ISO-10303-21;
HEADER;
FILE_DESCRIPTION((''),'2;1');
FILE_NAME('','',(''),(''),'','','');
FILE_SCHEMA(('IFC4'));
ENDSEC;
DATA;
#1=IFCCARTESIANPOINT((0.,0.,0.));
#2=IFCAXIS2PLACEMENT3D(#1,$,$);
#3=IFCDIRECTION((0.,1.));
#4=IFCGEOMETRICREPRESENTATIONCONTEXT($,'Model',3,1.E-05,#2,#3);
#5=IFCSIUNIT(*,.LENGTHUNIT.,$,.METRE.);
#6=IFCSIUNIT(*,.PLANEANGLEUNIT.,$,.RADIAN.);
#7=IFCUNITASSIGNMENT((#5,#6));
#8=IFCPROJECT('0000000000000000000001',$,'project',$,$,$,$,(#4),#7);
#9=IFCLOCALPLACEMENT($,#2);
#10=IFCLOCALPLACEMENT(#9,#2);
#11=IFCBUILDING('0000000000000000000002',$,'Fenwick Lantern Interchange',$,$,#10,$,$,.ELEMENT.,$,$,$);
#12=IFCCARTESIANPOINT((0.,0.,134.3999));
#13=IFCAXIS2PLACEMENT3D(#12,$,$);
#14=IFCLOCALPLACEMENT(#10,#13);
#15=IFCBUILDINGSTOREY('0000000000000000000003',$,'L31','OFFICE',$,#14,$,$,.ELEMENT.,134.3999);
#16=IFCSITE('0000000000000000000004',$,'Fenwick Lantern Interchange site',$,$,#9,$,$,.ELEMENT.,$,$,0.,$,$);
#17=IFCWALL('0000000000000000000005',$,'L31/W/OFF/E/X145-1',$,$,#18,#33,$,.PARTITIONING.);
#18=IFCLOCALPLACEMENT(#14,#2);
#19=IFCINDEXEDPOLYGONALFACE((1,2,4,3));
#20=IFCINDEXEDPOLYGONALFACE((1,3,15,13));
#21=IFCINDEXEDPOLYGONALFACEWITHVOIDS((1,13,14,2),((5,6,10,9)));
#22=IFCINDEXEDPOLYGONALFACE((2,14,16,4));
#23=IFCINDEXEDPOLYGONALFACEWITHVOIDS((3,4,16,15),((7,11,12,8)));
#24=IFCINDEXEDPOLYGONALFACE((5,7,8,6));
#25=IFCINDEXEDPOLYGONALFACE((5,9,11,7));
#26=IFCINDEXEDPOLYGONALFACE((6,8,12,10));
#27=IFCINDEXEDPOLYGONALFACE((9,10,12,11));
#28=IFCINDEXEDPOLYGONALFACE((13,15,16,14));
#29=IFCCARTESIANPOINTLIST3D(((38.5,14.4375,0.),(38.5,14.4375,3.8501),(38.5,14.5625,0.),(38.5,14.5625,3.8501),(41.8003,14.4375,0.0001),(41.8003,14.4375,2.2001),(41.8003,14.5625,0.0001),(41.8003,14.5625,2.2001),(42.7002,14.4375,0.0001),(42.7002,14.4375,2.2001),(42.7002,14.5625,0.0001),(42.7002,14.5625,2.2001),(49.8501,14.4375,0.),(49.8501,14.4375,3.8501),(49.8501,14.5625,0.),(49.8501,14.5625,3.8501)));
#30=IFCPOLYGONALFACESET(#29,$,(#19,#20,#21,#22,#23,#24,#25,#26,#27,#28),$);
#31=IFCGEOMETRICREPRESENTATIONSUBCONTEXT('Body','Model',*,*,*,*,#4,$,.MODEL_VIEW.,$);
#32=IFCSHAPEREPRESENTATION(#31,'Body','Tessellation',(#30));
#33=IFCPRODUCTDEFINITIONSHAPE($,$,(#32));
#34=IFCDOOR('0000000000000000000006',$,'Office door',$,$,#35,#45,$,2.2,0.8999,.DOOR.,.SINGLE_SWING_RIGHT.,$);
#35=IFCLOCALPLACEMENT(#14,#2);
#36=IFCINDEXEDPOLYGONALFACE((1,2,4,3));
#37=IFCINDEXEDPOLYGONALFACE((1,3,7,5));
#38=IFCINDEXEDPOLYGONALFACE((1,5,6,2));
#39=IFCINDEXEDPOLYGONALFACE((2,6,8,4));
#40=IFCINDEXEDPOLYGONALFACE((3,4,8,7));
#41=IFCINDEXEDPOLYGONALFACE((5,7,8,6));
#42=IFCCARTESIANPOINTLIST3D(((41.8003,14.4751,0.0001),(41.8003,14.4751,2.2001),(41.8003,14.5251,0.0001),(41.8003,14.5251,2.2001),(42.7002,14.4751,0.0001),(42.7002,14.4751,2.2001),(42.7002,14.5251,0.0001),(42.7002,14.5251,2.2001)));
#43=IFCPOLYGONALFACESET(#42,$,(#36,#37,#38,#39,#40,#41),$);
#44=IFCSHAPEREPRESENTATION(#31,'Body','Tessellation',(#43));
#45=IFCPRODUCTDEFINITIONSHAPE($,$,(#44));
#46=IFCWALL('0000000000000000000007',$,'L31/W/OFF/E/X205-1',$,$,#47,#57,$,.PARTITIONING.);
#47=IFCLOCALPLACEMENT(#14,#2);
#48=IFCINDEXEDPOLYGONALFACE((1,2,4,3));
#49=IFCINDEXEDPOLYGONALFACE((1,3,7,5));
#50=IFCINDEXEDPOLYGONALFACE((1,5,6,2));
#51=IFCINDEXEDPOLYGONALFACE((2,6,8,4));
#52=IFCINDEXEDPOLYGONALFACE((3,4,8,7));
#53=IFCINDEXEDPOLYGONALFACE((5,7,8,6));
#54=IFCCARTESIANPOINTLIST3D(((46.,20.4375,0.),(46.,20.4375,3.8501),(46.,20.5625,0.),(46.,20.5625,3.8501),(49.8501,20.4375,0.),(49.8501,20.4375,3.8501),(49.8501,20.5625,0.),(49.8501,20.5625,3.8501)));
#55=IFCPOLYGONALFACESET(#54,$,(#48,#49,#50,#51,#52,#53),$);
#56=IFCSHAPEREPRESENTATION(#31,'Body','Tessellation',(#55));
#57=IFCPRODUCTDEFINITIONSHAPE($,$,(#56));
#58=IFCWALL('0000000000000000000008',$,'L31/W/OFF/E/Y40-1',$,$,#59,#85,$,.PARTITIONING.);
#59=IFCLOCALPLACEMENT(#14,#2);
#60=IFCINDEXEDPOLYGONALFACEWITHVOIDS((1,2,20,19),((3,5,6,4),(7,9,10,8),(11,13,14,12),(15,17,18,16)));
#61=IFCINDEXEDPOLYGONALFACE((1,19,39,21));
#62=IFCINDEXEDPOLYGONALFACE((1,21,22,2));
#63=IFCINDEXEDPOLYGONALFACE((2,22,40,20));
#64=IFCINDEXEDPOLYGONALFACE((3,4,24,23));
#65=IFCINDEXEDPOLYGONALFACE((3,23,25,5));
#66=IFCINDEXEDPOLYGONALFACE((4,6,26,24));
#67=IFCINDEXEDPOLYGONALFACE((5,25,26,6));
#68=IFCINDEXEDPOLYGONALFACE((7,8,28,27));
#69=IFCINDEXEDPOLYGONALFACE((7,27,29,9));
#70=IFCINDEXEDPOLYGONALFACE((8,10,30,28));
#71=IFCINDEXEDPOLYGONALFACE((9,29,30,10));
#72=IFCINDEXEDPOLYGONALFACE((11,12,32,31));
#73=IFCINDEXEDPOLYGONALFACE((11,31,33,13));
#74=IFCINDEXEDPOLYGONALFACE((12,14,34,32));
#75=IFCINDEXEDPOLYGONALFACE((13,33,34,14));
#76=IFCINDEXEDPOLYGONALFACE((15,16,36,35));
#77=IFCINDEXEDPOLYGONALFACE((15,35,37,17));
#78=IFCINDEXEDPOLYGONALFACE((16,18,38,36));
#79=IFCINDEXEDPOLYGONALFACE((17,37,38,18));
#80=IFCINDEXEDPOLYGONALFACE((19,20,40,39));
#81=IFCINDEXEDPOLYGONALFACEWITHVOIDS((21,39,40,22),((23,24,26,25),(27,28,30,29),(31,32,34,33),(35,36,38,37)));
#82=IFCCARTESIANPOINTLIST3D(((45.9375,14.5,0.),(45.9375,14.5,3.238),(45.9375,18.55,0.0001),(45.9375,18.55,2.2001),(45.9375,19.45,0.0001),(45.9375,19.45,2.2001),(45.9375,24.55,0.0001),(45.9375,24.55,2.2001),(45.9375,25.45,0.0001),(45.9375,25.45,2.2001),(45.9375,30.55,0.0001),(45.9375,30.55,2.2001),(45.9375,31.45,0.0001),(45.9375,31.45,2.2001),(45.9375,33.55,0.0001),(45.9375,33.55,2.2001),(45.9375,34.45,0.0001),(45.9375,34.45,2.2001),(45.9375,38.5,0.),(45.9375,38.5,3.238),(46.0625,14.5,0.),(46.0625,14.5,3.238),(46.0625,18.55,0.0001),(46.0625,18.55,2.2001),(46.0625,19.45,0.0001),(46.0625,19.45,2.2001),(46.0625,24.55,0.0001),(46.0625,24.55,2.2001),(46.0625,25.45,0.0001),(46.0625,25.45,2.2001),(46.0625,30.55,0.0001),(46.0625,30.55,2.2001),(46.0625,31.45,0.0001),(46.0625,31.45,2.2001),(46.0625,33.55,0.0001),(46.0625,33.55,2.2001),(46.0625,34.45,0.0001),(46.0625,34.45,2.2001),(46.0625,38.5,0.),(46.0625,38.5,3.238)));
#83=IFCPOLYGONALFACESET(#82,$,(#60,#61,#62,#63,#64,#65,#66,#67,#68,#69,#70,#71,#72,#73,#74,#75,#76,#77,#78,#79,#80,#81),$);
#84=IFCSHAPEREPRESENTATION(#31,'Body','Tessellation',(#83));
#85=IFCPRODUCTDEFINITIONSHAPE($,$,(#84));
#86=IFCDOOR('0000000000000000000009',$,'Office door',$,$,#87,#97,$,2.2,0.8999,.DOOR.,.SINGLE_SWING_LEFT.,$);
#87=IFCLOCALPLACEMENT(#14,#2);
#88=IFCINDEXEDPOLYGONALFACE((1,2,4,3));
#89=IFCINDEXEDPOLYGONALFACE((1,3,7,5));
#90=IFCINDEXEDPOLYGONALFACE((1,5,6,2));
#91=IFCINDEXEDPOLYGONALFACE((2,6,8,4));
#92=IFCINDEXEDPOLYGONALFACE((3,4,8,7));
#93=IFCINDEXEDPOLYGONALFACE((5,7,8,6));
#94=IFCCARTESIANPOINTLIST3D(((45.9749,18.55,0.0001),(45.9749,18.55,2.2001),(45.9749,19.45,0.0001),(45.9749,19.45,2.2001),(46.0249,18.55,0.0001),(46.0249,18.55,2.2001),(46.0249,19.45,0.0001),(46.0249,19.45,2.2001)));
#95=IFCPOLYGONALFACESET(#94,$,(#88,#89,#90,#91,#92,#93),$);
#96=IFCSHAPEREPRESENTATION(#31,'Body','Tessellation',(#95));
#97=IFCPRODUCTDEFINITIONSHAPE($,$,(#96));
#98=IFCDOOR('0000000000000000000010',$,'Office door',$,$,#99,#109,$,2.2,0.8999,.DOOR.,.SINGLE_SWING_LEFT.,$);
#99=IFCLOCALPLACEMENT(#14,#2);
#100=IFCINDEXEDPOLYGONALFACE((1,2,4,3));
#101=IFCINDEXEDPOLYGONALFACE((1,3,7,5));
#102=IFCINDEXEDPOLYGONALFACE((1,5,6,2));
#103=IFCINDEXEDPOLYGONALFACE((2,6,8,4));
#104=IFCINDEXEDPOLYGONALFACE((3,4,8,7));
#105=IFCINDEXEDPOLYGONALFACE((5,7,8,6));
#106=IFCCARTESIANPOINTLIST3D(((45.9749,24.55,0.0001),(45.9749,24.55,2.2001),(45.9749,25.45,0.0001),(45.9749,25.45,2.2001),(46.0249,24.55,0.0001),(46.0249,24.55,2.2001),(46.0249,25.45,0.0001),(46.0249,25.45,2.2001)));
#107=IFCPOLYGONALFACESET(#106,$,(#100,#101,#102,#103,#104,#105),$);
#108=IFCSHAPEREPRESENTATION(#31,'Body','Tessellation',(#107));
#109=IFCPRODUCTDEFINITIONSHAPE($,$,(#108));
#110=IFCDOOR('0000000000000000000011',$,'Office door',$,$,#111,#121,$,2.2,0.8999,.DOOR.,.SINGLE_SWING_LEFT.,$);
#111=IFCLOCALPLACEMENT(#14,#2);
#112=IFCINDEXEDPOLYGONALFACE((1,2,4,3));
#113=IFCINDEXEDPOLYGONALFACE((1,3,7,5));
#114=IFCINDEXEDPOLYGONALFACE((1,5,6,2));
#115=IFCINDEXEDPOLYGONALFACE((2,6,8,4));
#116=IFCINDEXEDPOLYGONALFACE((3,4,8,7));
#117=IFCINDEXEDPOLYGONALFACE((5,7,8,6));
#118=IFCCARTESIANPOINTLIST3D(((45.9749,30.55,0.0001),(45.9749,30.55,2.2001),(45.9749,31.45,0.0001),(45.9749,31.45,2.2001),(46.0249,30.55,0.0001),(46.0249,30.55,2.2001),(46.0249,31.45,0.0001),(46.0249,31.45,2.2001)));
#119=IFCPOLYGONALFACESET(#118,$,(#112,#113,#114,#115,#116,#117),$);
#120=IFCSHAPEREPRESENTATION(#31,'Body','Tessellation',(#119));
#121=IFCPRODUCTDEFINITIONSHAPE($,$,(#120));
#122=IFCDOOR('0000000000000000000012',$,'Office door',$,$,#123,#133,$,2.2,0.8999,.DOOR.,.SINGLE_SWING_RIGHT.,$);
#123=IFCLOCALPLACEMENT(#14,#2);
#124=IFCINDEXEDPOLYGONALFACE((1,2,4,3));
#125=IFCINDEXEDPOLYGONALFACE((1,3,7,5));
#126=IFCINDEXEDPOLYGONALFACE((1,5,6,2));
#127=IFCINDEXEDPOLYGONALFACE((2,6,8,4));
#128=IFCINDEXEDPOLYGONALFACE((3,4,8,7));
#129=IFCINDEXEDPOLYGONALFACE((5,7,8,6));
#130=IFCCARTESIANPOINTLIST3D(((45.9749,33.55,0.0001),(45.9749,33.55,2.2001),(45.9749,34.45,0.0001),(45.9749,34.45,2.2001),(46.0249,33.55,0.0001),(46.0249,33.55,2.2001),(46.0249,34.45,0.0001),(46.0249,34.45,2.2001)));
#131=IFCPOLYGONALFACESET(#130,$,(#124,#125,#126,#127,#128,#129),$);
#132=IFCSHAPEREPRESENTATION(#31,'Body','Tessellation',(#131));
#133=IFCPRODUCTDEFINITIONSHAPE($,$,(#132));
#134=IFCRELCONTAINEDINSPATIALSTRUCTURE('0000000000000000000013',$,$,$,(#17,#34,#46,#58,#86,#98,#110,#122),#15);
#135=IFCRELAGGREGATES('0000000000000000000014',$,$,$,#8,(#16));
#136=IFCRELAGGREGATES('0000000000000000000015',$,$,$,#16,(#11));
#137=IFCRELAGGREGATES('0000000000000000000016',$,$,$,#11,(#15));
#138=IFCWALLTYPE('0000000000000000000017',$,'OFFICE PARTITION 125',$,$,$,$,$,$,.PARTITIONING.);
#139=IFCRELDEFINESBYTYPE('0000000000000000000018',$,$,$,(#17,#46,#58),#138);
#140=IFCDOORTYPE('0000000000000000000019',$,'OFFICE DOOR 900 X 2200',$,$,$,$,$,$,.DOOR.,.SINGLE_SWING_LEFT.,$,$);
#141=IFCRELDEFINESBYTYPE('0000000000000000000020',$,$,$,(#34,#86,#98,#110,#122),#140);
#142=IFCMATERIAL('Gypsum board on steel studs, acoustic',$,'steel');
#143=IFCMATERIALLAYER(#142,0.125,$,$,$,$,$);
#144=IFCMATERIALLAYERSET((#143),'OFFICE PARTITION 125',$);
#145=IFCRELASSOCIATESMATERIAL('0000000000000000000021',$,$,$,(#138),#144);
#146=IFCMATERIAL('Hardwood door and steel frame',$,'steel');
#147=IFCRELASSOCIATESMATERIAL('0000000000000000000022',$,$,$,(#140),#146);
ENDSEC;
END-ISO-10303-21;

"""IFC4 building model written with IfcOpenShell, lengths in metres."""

from ifc_helpers import new_model, si_unit, direction, frame, frame_2d, origin, place, context, subcontext, project, spatial, rectangle, extrude, material, layer, layer_set, type_object, element, fill, save


model = new_model("IFC4")

# Units and contexts
model_context = context("Model", 3, precision=1e-05, world=origin(), true_north=direction((0.0, 1.0)))
body_context = subcontext(model_context, "Body", "Model", "MODEL_VIEW")
ifc_project = project(units=[si_unit("LENGTHUNIT", "METRE"), si_unit("PLANEANGLEUNIT", "RADIAN")], contexts=[model_context])

# Site, building, storey
site_placement = place(None, origin())
site = spatial("IfcSite", under=ifc_project, at=site_placement, Name="Fenwick Lantern Interchange site", CompositionType="ELEMENT", RefElevation=0.0)
building_placement = place(site_placement, origin())
building = spatial("IfcBuilding", under=site, at=building_placement, Name="Fenwick Lantern Interchange", CompositionType="ELEMENT")
storey_placement = place(building_placement, frame((0.0, 0.0, 134.3999)))
storey = spatial("IfcBuildingStorey", under=building, at=storey_placement, Name="L31", Description="OFFICE", CompositionType="ELEMENT", Elevation=134.3999)

# Wall, opening, door
ifc_material_1 = material(Name="Gypsum board on steel studs, acoustic", Category="steel")
ifc_layer_1 = layer(ifc_material_1, 0.125)
ifc_layer_set_1 = layer_set([ifc_layer_1], Name="OFFICE PARTITION 125")
wall_type_1 = type_object("IfcWallType", Name="OFFICE PARTITION 125", PredefinedType="PARTITIONING", material=ifc_layer_set_1)
wall_1_placement = place(storey_placement, frame((49.8501, 14.5, 0.0), z_axis=(0.0, 0.0, 1.0), x_axis=(-1.0, 0.0, 0.0)))
wall_1 = element("IfcWall", 1, at=wall_1_placement, inside=storey, type_object=wall_type_1, Name="L31/W/OFF/E/X145-1", PredefinedType="PARTITIONING", context=body_context, shape_type="SweptSolid", body=[
    extrude(rectangle(XDim=11.3501, YDim=0.125, at=frame_2d((5.675, 0.0))), origin(), (0.0, 0.0, 1.0), 3.8501),
])
opening_1_placement = place(wall_1_placement, frame((7.1499, 0.0, 0.0)))
opening_1 = element("IfcOpeningElement", 2, at=opening_1_placement, cuts=wall_1, PredefinedType="OPENING", context=body_context, shape_type="SweptSolid", body=[
    extrude(rectangle(XDim=0.8999, YDim=2.2, at=frame_2d((0.45, 1.1001))), frame((0.0, 0.0725, 0.0), z_axis=(0.0, -1.0, 0.0), x_axis=(1.0, 0.0, 0.0)), (0.0, 0.0, 1.0), 0.145),
])
ifc_material_2 = material(Name="Hardwood door and steel frame", Category="steel")
door_type = type_object("IfcDoorType", Name="OFFICE DOOR 900 X 2200", OperationType="SINGLE_SWING_LEFT", PredefinedType="DOOR", material=ifc_material_2)
door_1_placement = place(opening_1_placement, origin())
door_1 = element("IfcDoor", 3, at=door_1_placement, inside=storey, type_object=door_type, Name="Office door", OperationType="SINGLE_SWING_RIGHT", OverallHeight=2.2, OverallWidth=0.8999, PredefinedType="DOOR", context=body_context, shape_type="SweptSolid", body=[
    extrude(rectangle(XDim=0.8999, YDim=2.2, at=frame_2d((0.45, 1.1001))), frame((0.0, 0.0249, 0.0), z_axis=(0.0, -1.0, 0.0), x_axis=(1.0, 0.0, 0.0)), (0.0, 0.0, 1.0), 0.05),
])
fill(opening_1, door_1)

# Wall
wall_2_placement = place(storey_placement, frame((49.8501, 20.5, 0.0), z_axis=(0.0, 0.0, 1.0), x_axis=(-1.0, 0.0, 0.0)))
element("IfcWall", 4, at=wall_2_placement, inside=storey, type_object=wall_type_1, Name="L31/W/OFF/E/X205-1", PredefinedType="PARTITIONING", context=body_context, shape_type="SweptSolid", body=[
    extrude(rectangle(XDim=3.8501, YDim=0.125, at=frame_2d((1.925, 0.0))), origin(), (0.0, 0.0, 1.0), 3.8501),
])

# Wall, openings, doors
wall_3_placement = place(storey_placement, frame((46.0, 14.5, 0.0), z_axis=(0.0, 0.0, 1.0), x_axis=(0.0, 1.0, 0.0)))
wall_3 = element("IfcWall", 5, at=wall_3_placement, inside=storey, type_object=wall_type_1, Name="L31/W/OFF/E/Y40-1", PredefinedType="PARTITIONING", context=body_context, shape_type="SweptSolid", body=[
    extrude(rectangle(XDim=24.0, YDim=0.125, at=frame_2d((12.0, 0.0))), origin(), (0.0, 0.0, 1.0), 3.238),
])
opening_2_placement = place(wall_3_placement, frame((4.05, 0.0, 0.0)))
opening_2 = element("IfcOpeningElement", 6, at=opening_2_placement, cuts=wall_3, PredefinedType="OPENING", context=body_context, shape_type="SweptSolid", body=[
    extrude(rectangle(XDim=0.8999, YDim=2.2, at=frame_2d((0.45, 1.1001))), frame((0.0, 0.0725, 0.0), z_axis=(0.0, -1.0, 0.0), x_axis=(1.0, 0.0, 0.0)), (0.0, 0.0, 1.0), 0.145),
])
opening_3_placement = place(wall_3_placement, frame((10.05, 0.0, 0.0)))
opening_3 = element("IfcOpeningElement", 7, at=opening_3_placement, cuts=wall_3, PredefinedType="OPENING", context=body_context, shape_type="SweptSolid", body=[
    extrude(rectangle(XDim=0.8999, YDim=2.2, at=frame_2d((0.45, 1.1001))), frame((0.0, 0.0725, 0.0), z_axis=(0.0, -1.0, 0.0), x_axis=(1.0, 0.0, 0.0)), (0.0, 0.0, 1.0), 0.145),
])
opening_4_placement = place(wall_3_placement, frame((16.05, 0.0, 0.0)))
opening_4 = element("IfcOpeningElement", 8, at=opening_4_placement, cuts=wall_3, PredefinedType="OPENING", context=body_context, shape_type="SweptSolid", body=[
    extrude(rectangle(XDim=0.8999, YDim=2.2, at=frame_2d((0.45, 1.1001))), frame((0.0, 0.0725, 0.0), z_axis=(0.0, -1.0, 0.0), x_axis=(1.0, 0.0, 0.0)), (0.0, 0.0, 1.0), 0.145),
])
opening_5_placement = place(wall_3_placement, frame((19.05, 0.0, 0.0)))
opening_5 = element("IfcOpeningElement", 9, at=opening_5_placement, cuts=wall_3, PredefinedType="OPENING", context=body_context, shape_type="SweptSolid", body=[
    extrude(rectangle(XDim=0.8999, YDim=2.2, at=frame_2d((0.45, 1.1001))), frame((0.0, 0.0725, 0.0), z_axis=(0.0, -1.0, 0.0), x_axis=(1.0, 0.0, 0.0)), (0.0, 0.0, 1.0), 0.145),
])
door_2_placement = place(opening_2_placement, frame((0.8999, 0.0, 0.0), z_axis=(0.0, 0.0, 1.0), x_axis=(-1.0, 0.0, 0.0)))
door_2 = element("IfcDoor", 10, at=door_2_placement, inside=storey, type_object=door_type, Name="Office door", OperationType="SINGLE_SWING_LEFT", OverallHeight=2.2, OverallWidth=0.8999, PredefinedType="DOOR", context=body_context, shape_type="SweptSolid", body=[
    extrude(rectangle(XDim=0.8999, YDim=2.2, at=frame_2d((0.45, 1.1001))), frame((0.0, 0.0249, 0.0), z_axis=(0.0, -1.0, 0.0), x_axis=(1.0, 0.0, 0.0)), (0.0, 0.0, 1.0), 0.05),
])
fill(opening_2, door_2)
door_3_placement = place(opening_3_placement, frame((0.8999, 0.0, 0.0), z_axis=(0.0, 0.0, 1.0), x_axis=(-1.0, 0.0, 0.0)))
door_3 = element("IfcDoor", 11, at=door_3_placement, inside=storey, type_object=door_type, Name="Office door", OperationType="SINGLE_SWING_LEFT", OverallHeight=2.2, OverallWidth=0.8999, PredefinedType="DOOR", context=body_context, shape_type="SweptSolid", body=[
    extrude(rectangle(XDim=0.8999, YDim=2.2, at=frame_2d((0.45, 1.1001))), frame((0.0, 0.0249, 0.0), z_axis=(0.0, -1.0, 0.0), x_axis=(1.0, 0.0, 0.0)), (0.0, 0.0, 1.0), 0.05),
])
fill(opening_3, door_3)
door_4_placement = place(opening_4_placement, frame((0.8999, 0.0, 0.0), z_axis=(0.0, 0.0, 1.0), x_axis=(-1.0, 0.0, 0.0)))
door_4 = element("IfcDoor", 12, at=door_4_placement, inside=storey, type_object=door_type, Name="Office door", OperationType="SINGLE_SWING_LEFT", OverallHeight=2.2, OverallWidth=0.8999, PredefinedType="DOOR", context=body_context, shape_type="SweptSolid", body=[
    extrude(rectangle(XDim=0.8999, YDim=2.2, at=frame_2d((0.45, 1.1001))), frame((0.0, 0.0249, 0.0), z_axis=(0.0, -1.0, 0.0), x_axis=(1.0, 0.0, 0.0)), (0.0, 0.0, 1.0), 0.05),
])
fill(opening_4, door_4)
door_5_placement = place(opening_5_placement, frame((0.8999, 0.0, 0.0), z_axis=(0.0, 0.0, 1.0), x_axis=(-1.0, 0.0, 0.0)))
door_5 = element("IfcDoor", 13, at=door_5_placement, inside=storey, type_object=door_type, Name="Office door", OperationType="SINGLE_SWING_RIGHT", OverallHeight=2.2, OverallWidth=0.8999, PredefinedType="DOOR", context=body_context, shape_type="SweptSolid", body=[
    extrude(rectangle(XDim=0.8999, YDim=2.2, at=frame_2d((0.45, 1.1001))), frame((0.0, 0.0249, 0.0), z_axis=(0.0, -1.0, 0.0), x_axis=(1.0, 0.0, 0.0)), (0.0, 0.0, 1.0), 0.05),
])
fill(opening_5, door_5)

save(model, "model.ifc")
